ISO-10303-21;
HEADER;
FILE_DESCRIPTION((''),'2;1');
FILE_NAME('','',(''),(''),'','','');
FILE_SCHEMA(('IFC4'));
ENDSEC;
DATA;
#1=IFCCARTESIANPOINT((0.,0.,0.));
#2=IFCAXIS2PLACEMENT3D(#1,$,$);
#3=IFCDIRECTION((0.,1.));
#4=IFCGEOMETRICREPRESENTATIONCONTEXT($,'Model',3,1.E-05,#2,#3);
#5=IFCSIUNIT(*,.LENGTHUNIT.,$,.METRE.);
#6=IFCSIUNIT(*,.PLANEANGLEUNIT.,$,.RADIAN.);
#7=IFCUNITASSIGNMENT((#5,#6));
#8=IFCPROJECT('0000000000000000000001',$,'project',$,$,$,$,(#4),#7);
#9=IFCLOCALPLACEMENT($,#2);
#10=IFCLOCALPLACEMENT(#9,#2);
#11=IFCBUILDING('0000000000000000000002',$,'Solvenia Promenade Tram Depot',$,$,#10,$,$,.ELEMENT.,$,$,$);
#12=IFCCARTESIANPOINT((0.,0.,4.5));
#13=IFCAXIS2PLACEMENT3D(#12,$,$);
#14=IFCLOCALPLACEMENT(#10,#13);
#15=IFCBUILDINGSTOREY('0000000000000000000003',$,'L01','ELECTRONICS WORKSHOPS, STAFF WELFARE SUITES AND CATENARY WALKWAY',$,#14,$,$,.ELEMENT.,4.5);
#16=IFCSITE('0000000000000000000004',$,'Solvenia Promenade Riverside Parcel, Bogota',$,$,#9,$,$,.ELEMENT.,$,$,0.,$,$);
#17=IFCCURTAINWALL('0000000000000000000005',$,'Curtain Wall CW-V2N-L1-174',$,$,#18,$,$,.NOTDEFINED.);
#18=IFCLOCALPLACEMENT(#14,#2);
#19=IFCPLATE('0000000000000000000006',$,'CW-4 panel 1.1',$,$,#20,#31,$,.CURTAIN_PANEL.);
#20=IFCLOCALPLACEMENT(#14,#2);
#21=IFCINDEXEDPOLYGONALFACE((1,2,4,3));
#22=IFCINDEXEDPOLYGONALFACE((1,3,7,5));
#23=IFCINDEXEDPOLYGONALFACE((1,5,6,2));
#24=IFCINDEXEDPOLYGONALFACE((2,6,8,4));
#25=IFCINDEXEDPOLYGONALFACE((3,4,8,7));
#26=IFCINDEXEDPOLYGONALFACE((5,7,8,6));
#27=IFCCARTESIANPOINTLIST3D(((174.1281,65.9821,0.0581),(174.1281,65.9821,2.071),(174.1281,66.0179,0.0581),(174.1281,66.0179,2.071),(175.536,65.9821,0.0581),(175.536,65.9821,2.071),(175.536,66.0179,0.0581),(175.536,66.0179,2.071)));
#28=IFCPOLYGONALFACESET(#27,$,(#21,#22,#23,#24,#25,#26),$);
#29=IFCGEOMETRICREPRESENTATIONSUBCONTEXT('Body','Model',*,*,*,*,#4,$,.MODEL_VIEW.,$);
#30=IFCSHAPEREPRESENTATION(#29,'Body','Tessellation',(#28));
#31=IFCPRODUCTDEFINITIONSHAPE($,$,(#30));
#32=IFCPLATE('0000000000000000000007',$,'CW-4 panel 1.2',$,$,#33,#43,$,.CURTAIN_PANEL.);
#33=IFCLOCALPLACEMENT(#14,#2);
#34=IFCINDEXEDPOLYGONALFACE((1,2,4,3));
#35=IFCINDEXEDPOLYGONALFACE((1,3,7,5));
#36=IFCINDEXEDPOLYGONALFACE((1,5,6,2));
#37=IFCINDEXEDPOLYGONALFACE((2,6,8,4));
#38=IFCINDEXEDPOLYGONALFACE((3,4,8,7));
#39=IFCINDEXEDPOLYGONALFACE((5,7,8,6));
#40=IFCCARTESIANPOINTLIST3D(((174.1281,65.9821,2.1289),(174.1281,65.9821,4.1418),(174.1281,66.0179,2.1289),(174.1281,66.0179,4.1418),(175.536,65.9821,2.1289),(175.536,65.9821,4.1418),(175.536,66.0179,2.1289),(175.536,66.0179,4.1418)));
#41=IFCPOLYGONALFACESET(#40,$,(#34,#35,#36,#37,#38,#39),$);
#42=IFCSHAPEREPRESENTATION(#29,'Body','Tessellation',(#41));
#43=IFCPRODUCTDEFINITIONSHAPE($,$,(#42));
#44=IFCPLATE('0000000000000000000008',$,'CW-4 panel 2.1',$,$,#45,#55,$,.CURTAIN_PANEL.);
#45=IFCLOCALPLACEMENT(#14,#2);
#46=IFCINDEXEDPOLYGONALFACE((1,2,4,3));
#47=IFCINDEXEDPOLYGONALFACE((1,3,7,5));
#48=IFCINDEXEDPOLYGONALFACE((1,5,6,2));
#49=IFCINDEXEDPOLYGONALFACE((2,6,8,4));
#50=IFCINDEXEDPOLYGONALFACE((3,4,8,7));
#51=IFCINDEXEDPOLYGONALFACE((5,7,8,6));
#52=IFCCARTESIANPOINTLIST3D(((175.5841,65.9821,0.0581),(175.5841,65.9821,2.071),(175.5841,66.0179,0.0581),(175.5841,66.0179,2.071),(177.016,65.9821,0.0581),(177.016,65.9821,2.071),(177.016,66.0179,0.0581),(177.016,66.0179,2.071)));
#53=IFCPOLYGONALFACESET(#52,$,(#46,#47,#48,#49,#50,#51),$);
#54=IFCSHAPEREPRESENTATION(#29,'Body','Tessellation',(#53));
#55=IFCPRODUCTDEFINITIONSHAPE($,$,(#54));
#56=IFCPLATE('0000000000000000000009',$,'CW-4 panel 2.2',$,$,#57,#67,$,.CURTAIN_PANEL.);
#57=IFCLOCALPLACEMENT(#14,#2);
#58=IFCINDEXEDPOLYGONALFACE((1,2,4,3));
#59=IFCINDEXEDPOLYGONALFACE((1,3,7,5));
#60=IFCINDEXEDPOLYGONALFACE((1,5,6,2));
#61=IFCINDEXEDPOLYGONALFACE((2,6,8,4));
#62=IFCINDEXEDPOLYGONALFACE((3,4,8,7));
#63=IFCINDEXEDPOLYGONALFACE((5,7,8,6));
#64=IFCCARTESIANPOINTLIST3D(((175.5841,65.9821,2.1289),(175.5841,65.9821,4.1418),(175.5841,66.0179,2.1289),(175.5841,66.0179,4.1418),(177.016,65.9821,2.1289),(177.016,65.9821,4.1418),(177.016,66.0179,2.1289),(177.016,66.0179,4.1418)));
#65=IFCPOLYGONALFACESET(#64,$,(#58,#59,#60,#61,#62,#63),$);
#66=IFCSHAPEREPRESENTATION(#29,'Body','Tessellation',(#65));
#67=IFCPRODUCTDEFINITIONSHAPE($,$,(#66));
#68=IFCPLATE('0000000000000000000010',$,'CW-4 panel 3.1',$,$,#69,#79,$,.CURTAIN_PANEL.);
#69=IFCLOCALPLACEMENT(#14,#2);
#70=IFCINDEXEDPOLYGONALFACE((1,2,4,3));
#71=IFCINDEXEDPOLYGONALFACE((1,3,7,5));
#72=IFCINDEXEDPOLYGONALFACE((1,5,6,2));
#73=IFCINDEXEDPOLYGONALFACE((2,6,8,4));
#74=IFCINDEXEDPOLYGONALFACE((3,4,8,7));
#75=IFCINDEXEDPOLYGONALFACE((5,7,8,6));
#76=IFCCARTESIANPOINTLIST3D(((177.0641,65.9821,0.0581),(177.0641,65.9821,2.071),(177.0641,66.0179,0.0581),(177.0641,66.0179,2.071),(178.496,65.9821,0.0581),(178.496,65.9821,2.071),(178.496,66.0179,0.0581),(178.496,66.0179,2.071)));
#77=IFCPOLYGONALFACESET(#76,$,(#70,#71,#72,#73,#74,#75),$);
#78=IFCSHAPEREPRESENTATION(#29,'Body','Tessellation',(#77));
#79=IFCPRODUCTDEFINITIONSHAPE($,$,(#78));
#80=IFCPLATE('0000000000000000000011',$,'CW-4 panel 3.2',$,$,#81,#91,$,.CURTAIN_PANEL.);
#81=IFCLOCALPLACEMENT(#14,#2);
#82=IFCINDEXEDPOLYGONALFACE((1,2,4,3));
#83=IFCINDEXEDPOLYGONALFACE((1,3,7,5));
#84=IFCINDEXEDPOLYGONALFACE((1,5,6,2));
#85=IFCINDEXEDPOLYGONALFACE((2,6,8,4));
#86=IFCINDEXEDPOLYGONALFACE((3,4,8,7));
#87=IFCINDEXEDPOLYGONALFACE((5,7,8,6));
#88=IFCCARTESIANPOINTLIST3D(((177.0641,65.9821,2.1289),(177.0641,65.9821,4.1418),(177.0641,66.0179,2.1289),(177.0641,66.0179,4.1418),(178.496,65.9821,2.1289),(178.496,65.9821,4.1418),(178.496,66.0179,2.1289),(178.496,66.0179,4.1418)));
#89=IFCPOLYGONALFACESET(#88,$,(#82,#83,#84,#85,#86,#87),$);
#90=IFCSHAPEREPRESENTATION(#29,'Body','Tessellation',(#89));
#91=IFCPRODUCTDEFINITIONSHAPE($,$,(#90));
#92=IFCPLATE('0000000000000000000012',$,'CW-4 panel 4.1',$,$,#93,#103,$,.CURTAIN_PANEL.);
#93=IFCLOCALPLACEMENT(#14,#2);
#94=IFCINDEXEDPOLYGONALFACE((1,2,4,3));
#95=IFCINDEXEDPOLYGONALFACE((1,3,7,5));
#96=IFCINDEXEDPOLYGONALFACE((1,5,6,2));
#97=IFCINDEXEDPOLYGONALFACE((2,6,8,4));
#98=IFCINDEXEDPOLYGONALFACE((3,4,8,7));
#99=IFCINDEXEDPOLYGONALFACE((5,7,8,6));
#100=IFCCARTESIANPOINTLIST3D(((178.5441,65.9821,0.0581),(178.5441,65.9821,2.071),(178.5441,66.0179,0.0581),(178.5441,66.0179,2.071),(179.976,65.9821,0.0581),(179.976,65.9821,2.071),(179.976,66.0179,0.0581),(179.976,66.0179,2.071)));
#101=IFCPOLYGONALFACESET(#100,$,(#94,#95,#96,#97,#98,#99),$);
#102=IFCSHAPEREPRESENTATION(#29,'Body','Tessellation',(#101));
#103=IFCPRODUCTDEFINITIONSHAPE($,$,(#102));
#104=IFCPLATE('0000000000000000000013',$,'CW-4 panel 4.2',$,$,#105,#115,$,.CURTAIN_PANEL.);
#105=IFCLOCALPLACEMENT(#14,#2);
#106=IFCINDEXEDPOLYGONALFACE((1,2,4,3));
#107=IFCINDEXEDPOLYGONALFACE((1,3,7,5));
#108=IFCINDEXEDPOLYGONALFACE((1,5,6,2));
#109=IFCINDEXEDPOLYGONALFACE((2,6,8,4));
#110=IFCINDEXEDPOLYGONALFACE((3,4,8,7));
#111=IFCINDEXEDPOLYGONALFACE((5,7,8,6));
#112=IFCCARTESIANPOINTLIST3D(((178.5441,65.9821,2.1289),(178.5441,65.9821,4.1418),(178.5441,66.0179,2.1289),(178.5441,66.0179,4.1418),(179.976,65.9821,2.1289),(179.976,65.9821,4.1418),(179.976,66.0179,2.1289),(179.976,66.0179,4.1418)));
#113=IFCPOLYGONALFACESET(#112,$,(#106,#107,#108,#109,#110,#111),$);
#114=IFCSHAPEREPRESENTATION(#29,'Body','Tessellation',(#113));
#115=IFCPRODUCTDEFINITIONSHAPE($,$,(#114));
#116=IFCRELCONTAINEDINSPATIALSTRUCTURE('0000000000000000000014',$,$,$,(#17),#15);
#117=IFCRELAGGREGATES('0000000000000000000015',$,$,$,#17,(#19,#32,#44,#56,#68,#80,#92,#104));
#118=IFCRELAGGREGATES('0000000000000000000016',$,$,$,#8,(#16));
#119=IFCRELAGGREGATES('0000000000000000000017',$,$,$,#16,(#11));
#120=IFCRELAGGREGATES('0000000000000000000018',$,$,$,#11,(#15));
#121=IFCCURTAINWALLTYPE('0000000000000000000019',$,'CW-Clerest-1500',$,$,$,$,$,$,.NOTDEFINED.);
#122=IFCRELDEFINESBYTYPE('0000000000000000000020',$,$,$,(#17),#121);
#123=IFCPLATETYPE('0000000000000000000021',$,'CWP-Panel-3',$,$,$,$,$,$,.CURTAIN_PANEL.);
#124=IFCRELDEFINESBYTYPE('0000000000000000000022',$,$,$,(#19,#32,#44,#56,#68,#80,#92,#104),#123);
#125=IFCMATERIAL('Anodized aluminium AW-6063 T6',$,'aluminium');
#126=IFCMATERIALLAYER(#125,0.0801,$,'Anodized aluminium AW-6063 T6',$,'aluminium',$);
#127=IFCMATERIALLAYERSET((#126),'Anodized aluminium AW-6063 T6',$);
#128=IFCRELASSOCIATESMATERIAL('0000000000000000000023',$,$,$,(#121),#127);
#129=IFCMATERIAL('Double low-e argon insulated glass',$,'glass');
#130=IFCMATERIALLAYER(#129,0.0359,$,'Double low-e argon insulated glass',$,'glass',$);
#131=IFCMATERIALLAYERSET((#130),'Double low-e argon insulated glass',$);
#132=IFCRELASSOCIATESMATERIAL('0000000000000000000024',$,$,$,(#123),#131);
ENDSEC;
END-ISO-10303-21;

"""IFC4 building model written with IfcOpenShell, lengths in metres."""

from ifc_helpers import new_model, si_unit, direction, frame, origin, origin_2d, place, context, subcontext, project, spatial, rectangle, extrude, material, layer, layer_set, type_object, element, aggregate, save


model = new_model("IFC4")

# Units and contexts
model_context = context("Model", 3, precision=1e-05, world=origin(), true_north=direction((0.0, 1.0)))
body_context = subcontext(model_context, "Body", "Model", "MODEL_VIEW")
ifc_project = project(units=[si_unit("LENGTHUNIT", "METRE"), si_unit("PLANEANGLEUNIT", "RADIAN")], contexts=[model_context])

# Site, building, storey
site_placement = place(None, origin())
site = spatial("IfcSite", under=ifc_project, at=site_placement, Name="Solvenia Promenade Riverside Parcel, Bogota", CompositionType="ELEMENT", RefElevation=0.0)
building_placement = place(site_placement, origin())
building = spatial("IfcBuilding", under=site, at=building_placement, Name="Solvenia Promenade Tram Depot", CompositionType="ELEMENT")
storey_placement = place(building_placement, frame((0.0, 0.0, 4.5)))
storey = spatial("IfcBuildingStorey", under=building, at=storey_placement, Name="L01", Description="ELECTRONICS WORKSHOPS, STAFF WELFARE SUITES AND CATENARY WALKWAY", CompositionType="ELEMENT", Elevation=4.5)

# Curtain wall
ifc_material_1 = material(Name="Anodized aluminium AW-6063 T6", Category="aluminium")
ifc_layer_1 = layer(ifc_material_1, 0.0801, Name="Anodized aluminium AW-6063 T6", Category="aluminium")
ifc_layer_set_1 = layer_set([ifc_layer_1], Name="Anodized aluminium AW-6063 T6")
curtain_wall_type = type_object("IfcCurtainWallType", Name="CW-Clerest-1500", PredefinedType="NOTDEFINED", material=ifc_layer_set_1)
curtain_wall_placement = place(storey_placement, origin())
curtain_wall = element("IfcCurtainWall", 1, at=curtain_wall_placement, inside=storey, type_object=curtain_wall_type, Name="Curtain Wall CW-V2N-L1-174", PredefinedType="NOTDEFINED")

# Plates
ifc_material_2 = material(Name="Double low-e argon insulated glass", Category="glass")
ifc_layer_2 = layer(ifc_material_2, 0.0359, Name="Double low-e argon insulated glass", Category="glass")
ifc_layer_set_2 = layer_set([ifc_layer_2], Name="Double low-e argon insulated glass")
plate_type = type_object("IfcPlateType", Name="CWP-Panel-3", PredefinedType="CURTAIN_PANEL", material=ifc_layer_set_2)
plate_1_placement = place(storey_placement, frame((174.832, 66.0, 0.0581), z_axis=(0.0, 0.0, 1.0), x_axis=(1.0, 0.0, 0.0)))
plate_1 = element("IfcPlate", 2, at=plate_1_placement, type_object=plate_type, Name="CW-4 panel 1.1", PredefinedType="CURTAIN_PANEL", context=body_context, shape_type="SweptSolid", body=[
    extrude(rectangle(XDim=1.408, YDim=0.0359, at=origin_2d()), origin(), (0.0, 0.0, 1.0), 2.0129),
])
plate_2_placement = place(storey_placement, frame((174.832, 66.0, 2.1289), z_axis=(0.0, 0.0, 1.0), x_axis=(1.0, 0.0, 0.0)))
plate_2 = element("IfcPlate", 3, at=plate_2_placement, type_object=plate_type, Name="CW-4 panel 1.2", PredefinedType="CURTAIN_PANEL", context=body_context, shape_type="SweptSolid", body=[
    extrude(rectangle(XDim=1.408, YDim=0.0359, at=origin_2d()), origin(), (0.0, 0.0, 1.0), 2.0129),
])
plate_3_placement = place(storey_placement, frame((176.3, 66.0, 0.0581), z_axis=(0.0, 0.0, 1.0), x_axis=(1.0, 0.0, 0.0)))
plate_3 = element("IfcPlate", 4, at=plate_3_placement, type_object=plate_type, Name="CW-4 panel 2.1", PredefinedType="CURTAIN_PANEL", context=body_context, shape_type="SweptSolid", body=[
    extrude(rectangle(XDim=1.4319, YDim=0.0359, at=origin_2d()), origin(), (0.0, 0.0, 1.0), 2.0129),
])
plate_4_placement = place(storey_placement, frame((176.3, 66.0, 2.1289), z_axis=(0.0, 0.0, 1.0), x_axis=(1.0, 0.0, 0.0)))
plate_4 = element("IfcPlate", 5, at=plate_4_placement, type_object=plate_type, Name="CW-4 panel 2.2", PredefinedType="CURTAIN_PANEL", context=body_context, shape_type="SweptSolid", body=[
    extrude(rectangle(XDim=1.4319, YDim=0.0359, at=origin_2d()), origin(), (0.0, 0.0, 1.0), 2.0129),
])
plate_5_placement = place(storey_placement, frame((177.78, 66.0, 0.0581), z_axis=(0.0, 0.0, 1.0), x_axis=(1.0, 0.0, 0.0)))
plate_5 = element("IfcPlate", 6, at=plate_5_placement, type_object=plate_type, Name="CW-4 panel 3.1", PredefinedType="CURTAIN_PANEL", context=body_context, shape_type="SweptSolid", body=[
    extrude(rectangle(XDim=1.4319, YDim=0.0359, at=origin_2d()), origin(), (0.0, 0.0, 1.0), 2.0129),
])
plate_6_placement = place(storey_placement, frame((177.78, 66.0, 2.1289), z_axis=(0.0, 0.0, 1.0), x_axis=(1.0, 0.0, 0.0)))
plate_6 = element("IfcPlate", 7, at=plate_6_placement, type_object=plate_type, Name="CW-4 panel 3.2", PredefinedType="CURTAIN_PANEL", context=body_context, shape_type="SweptSolid", body=[
    extrude(rectangle(XDim=1.4319, YDim=0.0359, at=origin_2d()), origin(), (0.0, 0.0, 1.0), 2.0129),
])
plate_7_placement = place(storey_placement, frame((179.26, 66.0, 0.0581), z_axis=(0.0, 0.0, 1.0), x_axis=(1.0, 0.0, 0.0)))
plate_7 = element("IfcPlate", 8, at=plate_7_placement, type_object=plate_type, Name="CW-4 panel 4.1", PredefinedType="CURTAIN_PANEL", context=body_context, shape_type="SweptSolid", body=[
    extrude(rectangle(XDim=1.4319, YDim=0.0359, at=origin_2d()), origin(), (0.0, 0.0, 1.0), 2.0129),
])
plate_8_placement = place(storey_placement, frame((179.26, 66.0, 2.1289), z_axis=(0.0, 0.0, 1.0), x_axis=(1.0, 0.0, 0.0)))
plate_8 = element("IfcPlate", 9, at=plate_8_placement, type_object=plate_type, Name="CW-4 panel 4.2", PredefinedType="CURTAIN_PANEL", context=body_context, shape_type="SweptSolid", body=[
    extrude(rectangle(XDim=1.4319, YDim=0.0359, at=origin_2d()), origin(), (0.0, 0.0, 1.0), 2.0129),
])
aggregate(curtain_wall, [plate_1, plate_2, plate_3, plate_4, plate_5, plate_6, plate_7, plate_8])

save(model, "model.ifc")
